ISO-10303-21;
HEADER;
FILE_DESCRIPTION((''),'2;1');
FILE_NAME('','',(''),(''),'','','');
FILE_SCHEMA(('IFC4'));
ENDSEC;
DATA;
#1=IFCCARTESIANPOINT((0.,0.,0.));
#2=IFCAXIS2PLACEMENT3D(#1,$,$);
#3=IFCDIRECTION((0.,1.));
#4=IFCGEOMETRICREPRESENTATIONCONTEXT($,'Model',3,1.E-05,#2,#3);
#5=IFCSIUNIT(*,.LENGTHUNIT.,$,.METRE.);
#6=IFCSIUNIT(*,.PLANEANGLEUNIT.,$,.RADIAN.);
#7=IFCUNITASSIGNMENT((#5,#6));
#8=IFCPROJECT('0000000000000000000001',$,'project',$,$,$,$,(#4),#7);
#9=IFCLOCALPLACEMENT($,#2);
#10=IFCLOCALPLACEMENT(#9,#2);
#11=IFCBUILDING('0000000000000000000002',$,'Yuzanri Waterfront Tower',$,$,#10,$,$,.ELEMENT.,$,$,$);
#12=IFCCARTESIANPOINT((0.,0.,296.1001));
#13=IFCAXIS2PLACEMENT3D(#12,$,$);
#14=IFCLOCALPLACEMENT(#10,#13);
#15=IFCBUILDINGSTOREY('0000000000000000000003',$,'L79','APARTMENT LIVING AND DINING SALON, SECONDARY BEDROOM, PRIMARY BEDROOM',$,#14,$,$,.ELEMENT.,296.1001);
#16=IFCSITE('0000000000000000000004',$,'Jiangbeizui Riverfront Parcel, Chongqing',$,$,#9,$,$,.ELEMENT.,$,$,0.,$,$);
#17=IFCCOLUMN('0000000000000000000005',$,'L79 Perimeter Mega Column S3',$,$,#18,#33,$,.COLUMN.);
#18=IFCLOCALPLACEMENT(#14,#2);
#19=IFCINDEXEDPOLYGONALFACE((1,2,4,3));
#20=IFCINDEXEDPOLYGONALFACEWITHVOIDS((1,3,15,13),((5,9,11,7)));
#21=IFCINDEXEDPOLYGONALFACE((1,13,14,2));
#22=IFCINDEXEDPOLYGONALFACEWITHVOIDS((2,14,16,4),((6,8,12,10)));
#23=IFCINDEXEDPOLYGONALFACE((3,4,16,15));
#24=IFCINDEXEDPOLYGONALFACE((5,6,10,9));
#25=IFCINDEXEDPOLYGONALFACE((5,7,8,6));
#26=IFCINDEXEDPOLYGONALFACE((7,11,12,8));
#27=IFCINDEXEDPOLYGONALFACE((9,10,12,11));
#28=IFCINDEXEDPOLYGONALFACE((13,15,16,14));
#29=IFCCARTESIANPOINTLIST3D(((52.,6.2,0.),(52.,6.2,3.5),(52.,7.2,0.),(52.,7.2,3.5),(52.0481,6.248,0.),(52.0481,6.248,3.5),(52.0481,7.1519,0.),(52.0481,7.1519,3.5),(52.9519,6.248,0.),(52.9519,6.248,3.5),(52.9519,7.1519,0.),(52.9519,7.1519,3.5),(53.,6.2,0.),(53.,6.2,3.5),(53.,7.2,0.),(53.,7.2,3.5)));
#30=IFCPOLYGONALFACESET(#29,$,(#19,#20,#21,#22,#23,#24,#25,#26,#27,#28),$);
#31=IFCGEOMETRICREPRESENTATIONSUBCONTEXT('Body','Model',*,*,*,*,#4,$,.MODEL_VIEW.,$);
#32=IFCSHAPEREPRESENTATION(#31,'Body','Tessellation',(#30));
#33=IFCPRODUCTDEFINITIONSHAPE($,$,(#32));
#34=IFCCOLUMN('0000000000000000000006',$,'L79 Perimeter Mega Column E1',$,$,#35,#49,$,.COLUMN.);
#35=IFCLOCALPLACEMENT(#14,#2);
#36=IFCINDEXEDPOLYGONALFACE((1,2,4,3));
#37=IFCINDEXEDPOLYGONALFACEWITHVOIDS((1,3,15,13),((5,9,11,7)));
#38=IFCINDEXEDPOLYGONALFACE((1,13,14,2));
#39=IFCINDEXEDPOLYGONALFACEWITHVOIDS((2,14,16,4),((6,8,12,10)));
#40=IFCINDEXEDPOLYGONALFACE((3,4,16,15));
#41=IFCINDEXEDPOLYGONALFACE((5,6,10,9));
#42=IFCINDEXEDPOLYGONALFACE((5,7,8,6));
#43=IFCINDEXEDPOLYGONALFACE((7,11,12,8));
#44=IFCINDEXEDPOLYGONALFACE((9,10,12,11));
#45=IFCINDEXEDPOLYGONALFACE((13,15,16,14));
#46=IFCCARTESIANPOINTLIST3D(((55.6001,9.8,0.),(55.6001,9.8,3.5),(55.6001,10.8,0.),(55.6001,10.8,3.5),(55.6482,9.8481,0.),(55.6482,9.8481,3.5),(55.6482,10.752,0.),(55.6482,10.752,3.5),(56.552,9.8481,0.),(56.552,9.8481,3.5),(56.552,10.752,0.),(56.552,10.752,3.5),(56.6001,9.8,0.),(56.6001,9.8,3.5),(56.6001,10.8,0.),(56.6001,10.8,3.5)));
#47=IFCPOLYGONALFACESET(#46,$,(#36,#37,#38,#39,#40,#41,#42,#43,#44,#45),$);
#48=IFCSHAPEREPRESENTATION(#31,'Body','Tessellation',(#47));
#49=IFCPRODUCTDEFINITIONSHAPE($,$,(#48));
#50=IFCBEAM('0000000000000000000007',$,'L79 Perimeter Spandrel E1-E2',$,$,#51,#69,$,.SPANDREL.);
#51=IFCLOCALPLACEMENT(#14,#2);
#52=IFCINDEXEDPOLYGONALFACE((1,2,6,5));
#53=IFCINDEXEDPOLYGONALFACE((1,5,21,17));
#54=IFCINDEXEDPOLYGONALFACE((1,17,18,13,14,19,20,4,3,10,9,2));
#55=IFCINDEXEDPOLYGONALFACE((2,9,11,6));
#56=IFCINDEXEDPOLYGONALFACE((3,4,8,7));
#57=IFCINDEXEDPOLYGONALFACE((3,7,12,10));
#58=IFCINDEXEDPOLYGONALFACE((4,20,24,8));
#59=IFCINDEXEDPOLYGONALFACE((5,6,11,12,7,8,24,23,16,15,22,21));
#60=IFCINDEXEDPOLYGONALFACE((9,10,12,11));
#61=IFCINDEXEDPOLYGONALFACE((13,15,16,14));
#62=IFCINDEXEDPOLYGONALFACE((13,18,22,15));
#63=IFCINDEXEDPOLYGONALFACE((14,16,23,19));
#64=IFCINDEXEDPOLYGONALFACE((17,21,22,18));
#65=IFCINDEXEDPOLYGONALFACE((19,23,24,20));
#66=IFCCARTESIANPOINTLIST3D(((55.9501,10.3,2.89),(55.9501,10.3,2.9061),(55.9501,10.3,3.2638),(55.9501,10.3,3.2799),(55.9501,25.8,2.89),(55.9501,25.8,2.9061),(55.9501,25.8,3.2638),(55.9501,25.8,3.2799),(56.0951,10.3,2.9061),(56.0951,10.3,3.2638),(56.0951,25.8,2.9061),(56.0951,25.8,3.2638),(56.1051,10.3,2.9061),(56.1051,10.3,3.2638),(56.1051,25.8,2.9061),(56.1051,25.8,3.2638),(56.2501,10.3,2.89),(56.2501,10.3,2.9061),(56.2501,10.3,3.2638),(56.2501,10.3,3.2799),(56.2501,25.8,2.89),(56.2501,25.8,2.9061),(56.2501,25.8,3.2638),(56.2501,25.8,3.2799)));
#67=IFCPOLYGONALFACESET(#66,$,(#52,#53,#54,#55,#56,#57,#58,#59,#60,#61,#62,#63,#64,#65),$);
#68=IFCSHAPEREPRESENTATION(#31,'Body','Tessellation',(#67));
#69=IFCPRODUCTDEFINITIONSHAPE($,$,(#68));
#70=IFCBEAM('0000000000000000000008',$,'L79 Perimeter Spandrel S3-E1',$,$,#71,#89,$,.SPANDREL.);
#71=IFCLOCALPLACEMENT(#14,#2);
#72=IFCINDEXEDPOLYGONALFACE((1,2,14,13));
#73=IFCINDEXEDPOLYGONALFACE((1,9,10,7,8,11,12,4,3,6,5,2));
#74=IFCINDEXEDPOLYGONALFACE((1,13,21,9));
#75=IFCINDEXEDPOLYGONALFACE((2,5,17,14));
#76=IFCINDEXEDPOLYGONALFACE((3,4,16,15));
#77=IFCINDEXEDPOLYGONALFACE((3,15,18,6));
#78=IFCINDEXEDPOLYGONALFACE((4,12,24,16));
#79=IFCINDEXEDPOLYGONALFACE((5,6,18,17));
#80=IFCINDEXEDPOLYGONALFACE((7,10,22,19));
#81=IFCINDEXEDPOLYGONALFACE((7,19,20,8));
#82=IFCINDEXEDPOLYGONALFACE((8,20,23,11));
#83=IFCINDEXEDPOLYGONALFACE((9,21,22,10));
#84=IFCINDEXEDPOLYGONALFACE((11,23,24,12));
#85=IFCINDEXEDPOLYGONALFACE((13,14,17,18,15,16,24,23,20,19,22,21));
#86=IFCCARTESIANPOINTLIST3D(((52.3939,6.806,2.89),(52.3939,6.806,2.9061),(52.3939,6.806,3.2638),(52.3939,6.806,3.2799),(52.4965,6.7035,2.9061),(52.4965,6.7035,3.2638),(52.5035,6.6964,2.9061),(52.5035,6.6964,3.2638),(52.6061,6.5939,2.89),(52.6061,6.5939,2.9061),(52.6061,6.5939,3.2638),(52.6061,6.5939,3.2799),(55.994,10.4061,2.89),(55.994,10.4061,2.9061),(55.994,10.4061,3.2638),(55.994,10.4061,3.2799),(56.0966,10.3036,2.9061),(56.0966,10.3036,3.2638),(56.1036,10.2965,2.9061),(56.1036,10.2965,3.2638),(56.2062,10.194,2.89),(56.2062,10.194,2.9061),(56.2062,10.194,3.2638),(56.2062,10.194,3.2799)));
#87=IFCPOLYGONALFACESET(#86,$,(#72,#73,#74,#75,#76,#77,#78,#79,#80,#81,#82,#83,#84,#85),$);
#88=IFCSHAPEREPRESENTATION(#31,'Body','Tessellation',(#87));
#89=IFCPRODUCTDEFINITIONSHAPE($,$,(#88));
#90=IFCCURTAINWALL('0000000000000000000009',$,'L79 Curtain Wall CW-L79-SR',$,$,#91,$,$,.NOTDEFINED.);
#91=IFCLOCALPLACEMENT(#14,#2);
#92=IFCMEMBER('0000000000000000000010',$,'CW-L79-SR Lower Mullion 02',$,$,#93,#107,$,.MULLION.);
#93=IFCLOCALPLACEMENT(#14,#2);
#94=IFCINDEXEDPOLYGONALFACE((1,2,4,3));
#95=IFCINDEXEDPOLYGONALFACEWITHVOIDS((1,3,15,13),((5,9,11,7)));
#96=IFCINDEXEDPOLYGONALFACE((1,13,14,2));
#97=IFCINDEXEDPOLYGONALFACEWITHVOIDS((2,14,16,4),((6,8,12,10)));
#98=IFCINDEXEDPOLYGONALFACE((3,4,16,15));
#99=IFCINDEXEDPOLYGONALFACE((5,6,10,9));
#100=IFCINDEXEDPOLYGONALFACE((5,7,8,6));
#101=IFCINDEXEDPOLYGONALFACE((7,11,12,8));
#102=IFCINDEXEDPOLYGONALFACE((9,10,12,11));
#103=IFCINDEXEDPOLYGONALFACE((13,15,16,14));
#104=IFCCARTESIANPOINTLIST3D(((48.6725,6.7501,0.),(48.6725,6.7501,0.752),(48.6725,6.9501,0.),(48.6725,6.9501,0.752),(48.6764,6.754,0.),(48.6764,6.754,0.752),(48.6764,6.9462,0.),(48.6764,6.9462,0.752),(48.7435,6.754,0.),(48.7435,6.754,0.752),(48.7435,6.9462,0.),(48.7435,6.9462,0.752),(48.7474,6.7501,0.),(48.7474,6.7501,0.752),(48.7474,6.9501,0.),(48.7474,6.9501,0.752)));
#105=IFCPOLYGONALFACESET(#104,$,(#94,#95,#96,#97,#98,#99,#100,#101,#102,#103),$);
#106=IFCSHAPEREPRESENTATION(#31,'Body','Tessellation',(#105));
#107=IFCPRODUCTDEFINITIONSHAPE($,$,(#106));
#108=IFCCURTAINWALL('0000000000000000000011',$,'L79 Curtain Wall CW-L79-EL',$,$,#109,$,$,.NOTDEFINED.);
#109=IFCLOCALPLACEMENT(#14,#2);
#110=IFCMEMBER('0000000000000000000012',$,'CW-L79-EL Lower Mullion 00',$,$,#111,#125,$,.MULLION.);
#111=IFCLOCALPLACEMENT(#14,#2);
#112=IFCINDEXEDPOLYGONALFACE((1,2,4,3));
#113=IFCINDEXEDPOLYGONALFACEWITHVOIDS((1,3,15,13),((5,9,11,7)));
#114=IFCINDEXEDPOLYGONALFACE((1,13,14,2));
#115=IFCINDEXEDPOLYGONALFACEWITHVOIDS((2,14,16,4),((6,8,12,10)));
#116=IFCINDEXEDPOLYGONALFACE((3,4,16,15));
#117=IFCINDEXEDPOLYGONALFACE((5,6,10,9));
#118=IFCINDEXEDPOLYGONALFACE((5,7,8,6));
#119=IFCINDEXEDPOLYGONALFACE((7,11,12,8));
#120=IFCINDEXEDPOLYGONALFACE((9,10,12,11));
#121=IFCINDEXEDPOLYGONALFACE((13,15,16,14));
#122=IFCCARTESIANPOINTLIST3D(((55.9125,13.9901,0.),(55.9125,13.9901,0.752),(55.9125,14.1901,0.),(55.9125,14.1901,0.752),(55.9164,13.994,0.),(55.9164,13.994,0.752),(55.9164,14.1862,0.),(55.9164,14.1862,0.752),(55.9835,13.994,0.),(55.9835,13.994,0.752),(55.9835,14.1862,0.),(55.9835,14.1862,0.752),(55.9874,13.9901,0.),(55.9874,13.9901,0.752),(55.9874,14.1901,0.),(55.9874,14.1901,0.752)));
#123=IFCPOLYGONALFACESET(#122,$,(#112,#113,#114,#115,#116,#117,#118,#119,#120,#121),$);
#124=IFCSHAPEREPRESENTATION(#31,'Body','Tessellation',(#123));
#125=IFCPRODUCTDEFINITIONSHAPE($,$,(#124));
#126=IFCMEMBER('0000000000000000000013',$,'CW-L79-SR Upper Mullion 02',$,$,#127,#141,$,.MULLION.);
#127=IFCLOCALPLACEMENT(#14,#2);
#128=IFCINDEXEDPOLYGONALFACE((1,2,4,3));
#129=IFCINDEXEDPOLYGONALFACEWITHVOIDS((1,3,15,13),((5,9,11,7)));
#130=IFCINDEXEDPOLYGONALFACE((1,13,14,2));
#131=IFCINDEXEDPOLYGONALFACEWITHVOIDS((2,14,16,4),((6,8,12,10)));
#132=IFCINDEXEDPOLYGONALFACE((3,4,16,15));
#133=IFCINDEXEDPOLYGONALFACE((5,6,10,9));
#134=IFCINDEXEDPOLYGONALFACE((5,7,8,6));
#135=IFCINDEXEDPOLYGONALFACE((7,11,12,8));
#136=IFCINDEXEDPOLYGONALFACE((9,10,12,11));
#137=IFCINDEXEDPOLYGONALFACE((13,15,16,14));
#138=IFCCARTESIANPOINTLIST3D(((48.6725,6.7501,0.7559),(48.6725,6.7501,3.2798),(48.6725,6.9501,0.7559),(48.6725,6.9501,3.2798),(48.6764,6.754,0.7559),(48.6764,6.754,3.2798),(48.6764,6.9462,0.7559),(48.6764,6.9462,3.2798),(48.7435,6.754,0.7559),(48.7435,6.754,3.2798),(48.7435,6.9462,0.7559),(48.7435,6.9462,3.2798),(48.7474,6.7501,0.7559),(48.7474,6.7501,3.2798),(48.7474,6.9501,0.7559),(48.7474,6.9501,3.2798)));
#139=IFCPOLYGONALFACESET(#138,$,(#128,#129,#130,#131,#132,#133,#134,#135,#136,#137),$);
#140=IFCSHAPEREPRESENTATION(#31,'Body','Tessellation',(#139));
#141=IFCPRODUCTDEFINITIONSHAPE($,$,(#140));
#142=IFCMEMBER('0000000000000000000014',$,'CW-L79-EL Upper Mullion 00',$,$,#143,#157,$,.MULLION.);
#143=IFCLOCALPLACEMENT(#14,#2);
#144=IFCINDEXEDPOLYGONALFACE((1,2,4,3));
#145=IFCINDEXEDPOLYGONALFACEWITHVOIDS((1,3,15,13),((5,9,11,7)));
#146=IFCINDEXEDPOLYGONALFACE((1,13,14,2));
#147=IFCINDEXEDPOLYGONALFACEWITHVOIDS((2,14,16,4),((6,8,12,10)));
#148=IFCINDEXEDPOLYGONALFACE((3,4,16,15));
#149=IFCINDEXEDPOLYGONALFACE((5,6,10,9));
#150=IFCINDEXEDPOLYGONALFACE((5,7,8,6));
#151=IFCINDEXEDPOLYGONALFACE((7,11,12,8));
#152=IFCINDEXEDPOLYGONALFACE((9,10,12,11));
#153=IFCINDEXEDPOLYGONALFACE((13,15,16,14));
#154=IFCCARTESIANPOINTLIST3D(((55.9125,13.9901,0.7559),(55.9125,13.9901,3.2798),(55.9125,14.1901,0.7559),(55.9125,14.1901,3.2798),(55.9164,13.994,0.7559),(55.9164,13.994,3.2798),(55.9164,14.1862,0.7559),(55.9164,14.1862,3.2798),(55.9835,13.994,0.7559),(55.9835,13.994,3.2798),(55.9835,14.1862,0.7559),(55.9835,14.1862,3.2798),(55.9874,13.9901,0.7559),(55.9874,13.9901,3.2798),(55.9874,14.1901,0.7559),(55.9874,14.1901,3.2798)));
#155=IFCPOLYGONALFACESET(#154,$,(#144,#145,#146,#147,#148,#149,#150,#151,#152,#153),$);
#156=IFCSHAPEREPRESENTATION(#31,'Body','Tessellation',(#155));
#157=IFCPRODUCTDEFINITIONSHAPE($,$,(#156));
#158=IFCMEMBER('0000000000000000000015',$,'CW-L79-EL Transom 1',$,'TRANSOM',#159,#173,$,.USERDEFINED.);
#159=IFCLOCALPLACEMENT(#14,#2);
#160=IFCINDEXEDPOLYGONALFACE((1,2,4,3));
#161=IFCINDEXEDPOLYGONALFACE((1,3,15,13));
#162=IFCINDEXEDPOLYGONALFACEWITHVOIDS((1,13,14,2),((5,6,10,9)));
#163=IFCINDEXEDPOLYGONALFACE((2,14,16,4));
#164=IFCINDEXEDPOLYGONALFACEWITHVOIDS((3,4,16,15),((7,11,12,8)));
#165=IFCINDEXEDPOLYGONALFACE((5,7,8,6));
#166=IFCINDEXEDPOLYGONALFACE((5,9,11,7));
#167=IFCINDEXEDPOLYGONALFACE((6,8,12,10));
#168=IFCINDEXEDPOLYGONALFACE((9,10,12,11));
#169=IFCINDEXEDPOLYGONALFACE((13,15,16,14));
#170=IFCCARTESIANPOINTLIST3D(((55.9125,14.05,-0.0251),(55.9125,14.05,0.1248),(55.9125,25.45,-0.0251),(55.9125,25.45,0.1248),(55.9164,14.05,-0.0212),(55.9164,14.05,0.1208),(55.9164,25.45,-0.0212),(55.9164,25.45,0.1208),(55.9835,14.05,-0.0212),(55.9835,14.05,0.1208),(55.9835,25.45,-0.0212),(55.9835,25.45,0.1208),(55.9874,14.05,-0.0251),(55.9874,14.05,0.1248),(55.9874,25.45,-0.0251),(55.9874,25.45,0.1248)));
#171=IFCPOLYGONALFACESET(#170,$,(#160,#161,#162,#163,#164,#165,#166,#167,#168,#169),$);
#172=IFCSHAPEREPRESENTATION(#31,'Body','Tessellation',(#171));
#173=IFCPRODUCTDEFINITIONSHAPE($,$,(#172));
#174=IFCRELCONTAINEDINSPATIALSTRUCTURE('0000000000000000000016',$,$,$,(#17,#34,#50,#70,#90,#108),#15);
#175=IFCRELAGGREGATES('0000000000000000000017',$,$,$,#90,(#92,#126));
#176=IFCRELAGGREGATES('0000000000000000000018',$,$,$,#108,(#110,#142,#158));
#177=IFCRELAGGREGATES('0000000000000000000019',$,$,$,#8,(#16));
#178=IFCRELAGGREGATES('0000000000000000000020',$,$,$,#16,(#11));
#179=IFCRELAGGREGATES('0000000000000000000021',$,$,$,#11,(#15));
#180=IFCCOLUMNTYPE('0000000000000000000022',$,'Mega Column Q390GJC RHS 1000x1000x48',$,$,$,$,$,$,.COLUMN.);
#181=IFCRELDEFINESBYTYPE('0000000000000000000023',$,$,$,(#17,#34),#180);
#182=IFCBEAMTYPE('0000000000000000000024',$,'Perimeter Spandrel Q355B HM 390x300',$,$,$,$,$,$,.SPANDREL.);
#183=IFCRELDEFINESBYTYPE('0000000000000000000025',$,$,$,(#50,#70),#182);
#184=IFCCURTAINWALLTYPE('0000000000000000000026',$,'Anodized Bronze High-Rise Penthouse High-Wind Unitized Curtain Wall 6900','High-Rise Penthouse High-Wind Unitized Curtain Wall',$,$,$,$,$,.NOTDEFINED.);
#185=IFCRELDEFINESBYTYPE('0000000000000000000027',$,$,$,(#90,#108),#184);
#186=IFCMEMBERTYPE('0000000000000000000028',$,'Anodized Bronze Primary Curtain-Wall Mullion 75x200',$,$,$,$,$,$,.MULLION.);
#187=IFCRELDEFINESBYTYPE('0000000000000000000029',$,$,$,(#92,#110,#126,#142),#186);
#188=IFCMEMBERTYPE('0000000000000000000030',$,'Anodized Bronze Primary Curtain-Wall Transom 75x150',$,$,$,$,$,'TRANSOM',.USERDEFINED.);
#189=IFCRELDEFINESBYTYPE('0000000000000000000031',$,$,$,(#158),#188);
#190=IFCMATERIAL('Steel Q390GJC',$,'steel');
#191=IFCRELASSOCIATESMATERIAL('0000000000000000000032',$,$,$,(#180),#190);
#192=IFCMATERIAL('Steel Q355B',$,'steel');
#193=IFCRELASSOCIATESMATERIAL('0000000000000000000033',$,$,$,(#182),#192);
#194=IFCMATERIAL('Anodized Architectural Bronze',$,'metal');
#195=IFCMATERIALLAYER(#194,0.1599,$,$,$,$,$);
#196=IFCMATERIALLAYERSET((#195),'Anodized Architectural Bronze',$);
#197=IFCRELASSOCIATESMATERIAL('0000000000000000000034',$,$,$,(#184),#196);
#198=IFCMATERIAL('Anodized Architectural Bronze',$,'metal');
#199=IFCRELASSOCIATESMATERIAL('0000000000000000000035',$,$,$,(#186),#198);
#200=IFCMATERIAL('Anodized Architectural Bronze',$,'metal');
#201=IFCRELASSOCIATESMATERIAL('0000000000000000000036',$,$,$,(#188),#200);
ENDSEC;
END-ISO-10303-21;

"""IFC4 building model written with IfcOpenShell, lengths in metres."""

from ifc_helpers import new_model, si_unit, direction, frame, origin, origin_2d, place, context, subcontext, project, spatial, hollow_rectangle, i_section, extrude, source, transform, mapped, material, layer, layer_set, material_profile, profile_set, type_object, element, aggregate, save


model = new_model("IFC4")

# Units and contexts
model_context = context("Model", 3, precision=1e-05, world=origin(), true_north=direction((0.0, 1.0)))
body_context = subcontext(model_context, "Body", "Model", "MODEL_VIEW")
ifc_project = project(units=[si_unit("LENGTHUNIT", "METRE"), si_unit("PLANEANGLEUNIT", "RADIAN")], contexts=[model_context])

# Site, building, storey
site_placement = place(None, origin())
site = spatial("IfcSite", under=ifc_project, at=site_placement, Name="Jiangbeizui Riverfront Parcel, Chongqing", CompositionType="ELEMENT", RefElevation=0.0)
building_placement = place(site_placement, origin())
building = spatial("IfcBuilding", under=site, at=building_placement, Name="Yuzanri Waterfront Tower", CompositionType="ELEMENT")
storey_placement = place(building_placement, frame((0.0, 0.0, 296.1001)))
storey = spatial("IfcBuildingStorey", under=building, at=storey_placement, Name="L79", Description="APARTMENT LIVING AND DINING SALON, SECONDARY BEDROOM, PRIMARY BEDROOM", CompositionType="ELEMENT", Elevation=296.1001)

# Columns
ifc_material_1 = material(Name="Steel Q390GJC", Category="steel")
ifc_material_profile_1 = material_profile(ifc_material_1, hollow_rectangle(XDim=1.0, YDim=1.0, WallThickness=0.0481, at=origin_2d()), Name="RHS 1000x1000x48")
ifc_profile_set_1 = profile_set([ifc_material_profile_1], Name="Steel Q390GJC")
column_type = type_object("IfcColumnType", Name="Mega Column Q390GJC RHS 1000x1000x48", PredefinedType="COLUMN", material=ifc_profile_set_1)
shared_shape_1 = source(origin(), body_context, "Body", "SweptSolid", [
    extrude(hollow_rectangle(XDim=1.0, YDim=1.0, WallThickness=0.0481, at=origin_2d()), origin(), (0.0, 0.0, 1.0), 3.5),
])
for number, where, z_axis, x_axis, name in (
    (1, (52.5, 6.7, 0.0), (0.0, 0.0, 1.0), (1.0, 0.0, 0.0), "L79 Perimeter Mega Column S3"),
    (2, (56.1001, 10.3, 0.0), (0.0, 0.0, 1.0), (1.0, 0.0, 0.0), "L79 Perimeter Mega Column E1"),
):
    element("IfcColumn", number, at=place(storey_placement, frame(where, z_axis=z_axis, x_axis=x_axis)), inside=storey, type_object=column_type, Name=name, PredefinedType="COLUMN", context=body_context, shape_type="MappedRepresentation", body=[
        mapped(shared_shape_1, transform((0.0, 0.0, 0.0), scale=1.0)),
    ])

# Beams
ifc_material_2 = material(Name="Steel Q355B", Category="steel")
ifc_material_profile_2 = material_profile(ifc_material_2, i_section(OverallWidth=0.3, OverallDepth=0.3899, WebThickness=0.01, FlangeThickness=0.0161, at=origin_2d()), Name="HM 390x300x10x16")
ifc_profile_set_2 = profile_set([ifc_material_profile_2], Name="Steel Q355B")
beam_type = type_object("IfcBeamType", Name="Perimeter Spandrel Q355B HM 390x300", PredefinedType="SPANDREL", material=ifc_profile_set_2)
shared_shape_2 = source(origin(), body_context, "Body", "SweptSolid", [
    extrude(i_section(OverallWidth=0.3, OverallDepth=0.3899, WebThickness=0.01, FlangeThickness=0.0161, at=origin_2d()), origin(), (0.0, 0.0, 1.0), 15.5),
])
beam_1_placement = place(storey_placement, frame((56.1001, 10.3, 3.085), z_axis=(0.0, 1.0, 0.0), x_axis=(-1.0, 0.0, 0.0)))
element("IfcBeam", 3, at=beam_1_placement, inside=storey, type_object=beam_type, Name="L79 Perimeter Spandrel E1-E2", PredefinedType="SPANDREL", context=body_context, shape_type="MappedRepresentation", body=[
    mapped(shared_shape_2, transform((0.0, 0.0, 0.0), scale=1.0)),
])
shared_shape_3 = source(origin(), body_context, "Body", "SweptSolid", [
    extrude(i_section(OverallWidth=0.3, OverallDepth=0.3899, WebThickness=0.01, FlangeThickness=0.0161, at=origin_2d()), origin(), (0.0, 0.0, 1.0), 5.0913),
])
beam_2_placement = place(storey_placement, frame((52.5, 6.7, 3.085), z_axis=(0.707107, 0.707107, 0.0), x_axis=(-0.707107, 0.707107, 0.0)))
element("IfcBeam", 4, at=beam_2_placement, inside=storey, type_object=beam_type, Name="L79 Perimeter Spandrel S3-E1", PredefinedType="SPANDREL", context=body_context, shape_type="MappedRepresentation", body=[
    mapped(shared_shape_3, transform((0.0, 0.0, 0.0), scale=1.0)),
])

# Curtain walls, members
ifc_material_3 = material(Name="Anodized Architectural Bronze", Category="metal")
ifc_layer_1 = layer(ifc_material_3, 0.1599)
ifc_layer_set_1 = layer_set([ifc_layer_1], Name="Anodized Architectural Bronze")
curtain_wall_type = type_object("IfcCurtainWallType", Name="Anodized Bronze High-Rise Penthouse High-Wind Unitized Curtain Wall 6900", Description="High-Rise Penthouse High-Wind Unitized Curtain Wall", PredefinedType="NOTDEFINED", material=ifc_layer_set_1)
curtain_wall_1_placement = place(storey_placement, origin())
curtain_wall_1 = element("IfcCurtainWall", 5, at=curtain_wall_1_placement, inside=storey, type_object=curtain_wall_type, Name="L79 Curtain Wall CW-L79-SR", PredefinedType="NOTDEFINED")
ifc_material_4 = material(Name="Anodized Architectural Bronze", Category="metal")
ifc_material_profile_3 = material_profile(ifc_material_4, hollow_rectangle(XDim=0.075, YDim=0.2, WallThickness=0.0039, at=origin_2d()), Name="CWM 75x200")
ifc_profile_set_3 = profile_set([ifc_material_profile_3], Name="Anodized Architectural Bronze")
member_type_1 = type_object("IfcMemberType", Name="Anodized Bronze Primary Curtain-Wall Mullion 75x200", PredefinedType="MULLION", material=ifc_profile_set_3)
shared_shape_4 = source(origin(), body_context, "Body", "SweptSolid", [
    extrude(hollow_rectangle(XDim=0.075, YDim=0.2, WallThickness=0.0039, at=origin_2d()), origin(), (0.0, 0.0, 1.0), 0.752),
])
member_1_placement = place(storey_placement, frame((48.71, 6.8501, 0.0), z_axis=(0.0, 0.0, 1.0), x_axis=(1.0, 0.0, 0.0)))
member_1 = element("IfcMember", 6, at=member_1_placement, type_object=member_type_1, Name="CW-L79-SR Lower Mullion 02", PredefinedType="MULLION", context=body_context, shape_type="MappedRepresentation", body=[
    mapped(shared_shape_4, transform((0.0, 0.0, 0.0), scale=1.0)),
])
curtain_wall_2_placement = place(storey_placement, origin())
curtain_wall_2 = element("IfcCurtainWall", 7, at=curtain_wall_2_placement, inside=storey, type_object=curtain_wall_type, Name="L79 Curtain Wall CW-L79-EL", PredefinedType="NOTDEFINED")
member_2_placement = place(storey_placement, frame((55.95, 14.0901, 0.0), z_axis=(0.0, 0.0, 1.0), x_axis=(1.0, 0.0, 0.0)))
member_2 = element("IfcMember", 8, at=member_2_placement, type_object=member_type_1, Name="CW-L79-EL Lower Mullion 00", PredefinedType="MULLION", context=body_context, shape_type="MappedRepresentation", body=[
    mapped(shared_shape_4, transform((0.0, 0.0, 0.0), scale=1.0)),
])

# Members
shared_shape_5 = source(origin(), body_context, "Body", "SweptSolid", [
    extrude(hollow_rectangle(XDim=0.075, YDim=0.2, WallThickness=0.0039, at=origin_2d()), origin(), (0.0, 0.0, 1.0), 2.5239),
])
member_3_placement = place(storey_placement, frame((48.71, 6.8501, 0.7559), z_axis=(0.0, 0.0, 1.0), x_axis=(1.0, 0.0, 0.0)))
member_3 = element("IfcMember", 9, at=member_3_placement, type_object=member_type_1, Name="CW-L79-SR Upper Mullion 02", PredefinedType="MULLION", context=body_context, shape_type="MappedRepresentation", body=[
    mapped(shared_shape_5, transform((0.0, 0.0, 0.0), scale=1.0)),
])
aggregate(curtain_wall_1, [member_1, member_3])
member_4_placement = place(storey_placement, frame((55.95, 14.0901, 0.7559), z_axis=(0.0, 0.0, 1.0), x_axis=(1.0, 0.0, 0.0)))
member_4 = element("IfcMember", 10, at=member_4_placement, type_object=member_type_1, Name="CW-L79-EL Upper Mullion 00", PredefinedType="MULLION", context=body_context, shape_type="MappedRepresentation", body=[
    mapped(shared_shape_5, transform((0.0, 0.0, 0.0), scale=1.0)),
])
ifc_material_5 = material(Name="Anodized Architectural Bronze", Category="metal")
ifc_material_profile_4 = material_profile(ifc_material_5, hollow_rectangle(XDim=0.075, YDim=0.1499, WallThickness=0.0039, at=origin_2d()), Name="CWT 75x150")
ifc_profile_set_4 = profile_set([ifc_material_profile_4], Name="Anodized Architectural Bronze")
member_type_2 = type_object("IfcMemberType", Name="Anodized Bronze Primary Curtain-Wall Transom 75x150", ElementType="TRANSOM", PredefinedType="USERDEFINED", material=ifc_profile_set_4)
shared_shape_6 = source(origin(), body_context, "Body", "SweptSolid", [
    extrude(hollow_rectangle(XDim=0.075, YDim=0.1499, WallThickness=0.0039, at=origin_2d()), origin(), (0.0, 0.0, 1.0), 11.3999),
])
member_5_placement = place(storey_placement, frame((55.95, 14.05, 0.0498), z_axis=(0.0, 1.0, 0.0), x_axis=(-1.0, 0.0, 0.0)))
member_5 = element("IfcMember", 11, at=member_5_placement, type_object=member_type_2, Name="CW-L79-EL Transom 1", ObjectType="TRANSOM", PredefinedType="USERDEFINED", context=body_context, shape_type="MappedRepresentation", body=[
    mapped(shared_shape_6, transform((0.0, 0.0, 0.0), scale=1.0)),
])
aggregate(curtain_wall_2, [member_2, member_4, member_5])

save(model, "model.ifc")
